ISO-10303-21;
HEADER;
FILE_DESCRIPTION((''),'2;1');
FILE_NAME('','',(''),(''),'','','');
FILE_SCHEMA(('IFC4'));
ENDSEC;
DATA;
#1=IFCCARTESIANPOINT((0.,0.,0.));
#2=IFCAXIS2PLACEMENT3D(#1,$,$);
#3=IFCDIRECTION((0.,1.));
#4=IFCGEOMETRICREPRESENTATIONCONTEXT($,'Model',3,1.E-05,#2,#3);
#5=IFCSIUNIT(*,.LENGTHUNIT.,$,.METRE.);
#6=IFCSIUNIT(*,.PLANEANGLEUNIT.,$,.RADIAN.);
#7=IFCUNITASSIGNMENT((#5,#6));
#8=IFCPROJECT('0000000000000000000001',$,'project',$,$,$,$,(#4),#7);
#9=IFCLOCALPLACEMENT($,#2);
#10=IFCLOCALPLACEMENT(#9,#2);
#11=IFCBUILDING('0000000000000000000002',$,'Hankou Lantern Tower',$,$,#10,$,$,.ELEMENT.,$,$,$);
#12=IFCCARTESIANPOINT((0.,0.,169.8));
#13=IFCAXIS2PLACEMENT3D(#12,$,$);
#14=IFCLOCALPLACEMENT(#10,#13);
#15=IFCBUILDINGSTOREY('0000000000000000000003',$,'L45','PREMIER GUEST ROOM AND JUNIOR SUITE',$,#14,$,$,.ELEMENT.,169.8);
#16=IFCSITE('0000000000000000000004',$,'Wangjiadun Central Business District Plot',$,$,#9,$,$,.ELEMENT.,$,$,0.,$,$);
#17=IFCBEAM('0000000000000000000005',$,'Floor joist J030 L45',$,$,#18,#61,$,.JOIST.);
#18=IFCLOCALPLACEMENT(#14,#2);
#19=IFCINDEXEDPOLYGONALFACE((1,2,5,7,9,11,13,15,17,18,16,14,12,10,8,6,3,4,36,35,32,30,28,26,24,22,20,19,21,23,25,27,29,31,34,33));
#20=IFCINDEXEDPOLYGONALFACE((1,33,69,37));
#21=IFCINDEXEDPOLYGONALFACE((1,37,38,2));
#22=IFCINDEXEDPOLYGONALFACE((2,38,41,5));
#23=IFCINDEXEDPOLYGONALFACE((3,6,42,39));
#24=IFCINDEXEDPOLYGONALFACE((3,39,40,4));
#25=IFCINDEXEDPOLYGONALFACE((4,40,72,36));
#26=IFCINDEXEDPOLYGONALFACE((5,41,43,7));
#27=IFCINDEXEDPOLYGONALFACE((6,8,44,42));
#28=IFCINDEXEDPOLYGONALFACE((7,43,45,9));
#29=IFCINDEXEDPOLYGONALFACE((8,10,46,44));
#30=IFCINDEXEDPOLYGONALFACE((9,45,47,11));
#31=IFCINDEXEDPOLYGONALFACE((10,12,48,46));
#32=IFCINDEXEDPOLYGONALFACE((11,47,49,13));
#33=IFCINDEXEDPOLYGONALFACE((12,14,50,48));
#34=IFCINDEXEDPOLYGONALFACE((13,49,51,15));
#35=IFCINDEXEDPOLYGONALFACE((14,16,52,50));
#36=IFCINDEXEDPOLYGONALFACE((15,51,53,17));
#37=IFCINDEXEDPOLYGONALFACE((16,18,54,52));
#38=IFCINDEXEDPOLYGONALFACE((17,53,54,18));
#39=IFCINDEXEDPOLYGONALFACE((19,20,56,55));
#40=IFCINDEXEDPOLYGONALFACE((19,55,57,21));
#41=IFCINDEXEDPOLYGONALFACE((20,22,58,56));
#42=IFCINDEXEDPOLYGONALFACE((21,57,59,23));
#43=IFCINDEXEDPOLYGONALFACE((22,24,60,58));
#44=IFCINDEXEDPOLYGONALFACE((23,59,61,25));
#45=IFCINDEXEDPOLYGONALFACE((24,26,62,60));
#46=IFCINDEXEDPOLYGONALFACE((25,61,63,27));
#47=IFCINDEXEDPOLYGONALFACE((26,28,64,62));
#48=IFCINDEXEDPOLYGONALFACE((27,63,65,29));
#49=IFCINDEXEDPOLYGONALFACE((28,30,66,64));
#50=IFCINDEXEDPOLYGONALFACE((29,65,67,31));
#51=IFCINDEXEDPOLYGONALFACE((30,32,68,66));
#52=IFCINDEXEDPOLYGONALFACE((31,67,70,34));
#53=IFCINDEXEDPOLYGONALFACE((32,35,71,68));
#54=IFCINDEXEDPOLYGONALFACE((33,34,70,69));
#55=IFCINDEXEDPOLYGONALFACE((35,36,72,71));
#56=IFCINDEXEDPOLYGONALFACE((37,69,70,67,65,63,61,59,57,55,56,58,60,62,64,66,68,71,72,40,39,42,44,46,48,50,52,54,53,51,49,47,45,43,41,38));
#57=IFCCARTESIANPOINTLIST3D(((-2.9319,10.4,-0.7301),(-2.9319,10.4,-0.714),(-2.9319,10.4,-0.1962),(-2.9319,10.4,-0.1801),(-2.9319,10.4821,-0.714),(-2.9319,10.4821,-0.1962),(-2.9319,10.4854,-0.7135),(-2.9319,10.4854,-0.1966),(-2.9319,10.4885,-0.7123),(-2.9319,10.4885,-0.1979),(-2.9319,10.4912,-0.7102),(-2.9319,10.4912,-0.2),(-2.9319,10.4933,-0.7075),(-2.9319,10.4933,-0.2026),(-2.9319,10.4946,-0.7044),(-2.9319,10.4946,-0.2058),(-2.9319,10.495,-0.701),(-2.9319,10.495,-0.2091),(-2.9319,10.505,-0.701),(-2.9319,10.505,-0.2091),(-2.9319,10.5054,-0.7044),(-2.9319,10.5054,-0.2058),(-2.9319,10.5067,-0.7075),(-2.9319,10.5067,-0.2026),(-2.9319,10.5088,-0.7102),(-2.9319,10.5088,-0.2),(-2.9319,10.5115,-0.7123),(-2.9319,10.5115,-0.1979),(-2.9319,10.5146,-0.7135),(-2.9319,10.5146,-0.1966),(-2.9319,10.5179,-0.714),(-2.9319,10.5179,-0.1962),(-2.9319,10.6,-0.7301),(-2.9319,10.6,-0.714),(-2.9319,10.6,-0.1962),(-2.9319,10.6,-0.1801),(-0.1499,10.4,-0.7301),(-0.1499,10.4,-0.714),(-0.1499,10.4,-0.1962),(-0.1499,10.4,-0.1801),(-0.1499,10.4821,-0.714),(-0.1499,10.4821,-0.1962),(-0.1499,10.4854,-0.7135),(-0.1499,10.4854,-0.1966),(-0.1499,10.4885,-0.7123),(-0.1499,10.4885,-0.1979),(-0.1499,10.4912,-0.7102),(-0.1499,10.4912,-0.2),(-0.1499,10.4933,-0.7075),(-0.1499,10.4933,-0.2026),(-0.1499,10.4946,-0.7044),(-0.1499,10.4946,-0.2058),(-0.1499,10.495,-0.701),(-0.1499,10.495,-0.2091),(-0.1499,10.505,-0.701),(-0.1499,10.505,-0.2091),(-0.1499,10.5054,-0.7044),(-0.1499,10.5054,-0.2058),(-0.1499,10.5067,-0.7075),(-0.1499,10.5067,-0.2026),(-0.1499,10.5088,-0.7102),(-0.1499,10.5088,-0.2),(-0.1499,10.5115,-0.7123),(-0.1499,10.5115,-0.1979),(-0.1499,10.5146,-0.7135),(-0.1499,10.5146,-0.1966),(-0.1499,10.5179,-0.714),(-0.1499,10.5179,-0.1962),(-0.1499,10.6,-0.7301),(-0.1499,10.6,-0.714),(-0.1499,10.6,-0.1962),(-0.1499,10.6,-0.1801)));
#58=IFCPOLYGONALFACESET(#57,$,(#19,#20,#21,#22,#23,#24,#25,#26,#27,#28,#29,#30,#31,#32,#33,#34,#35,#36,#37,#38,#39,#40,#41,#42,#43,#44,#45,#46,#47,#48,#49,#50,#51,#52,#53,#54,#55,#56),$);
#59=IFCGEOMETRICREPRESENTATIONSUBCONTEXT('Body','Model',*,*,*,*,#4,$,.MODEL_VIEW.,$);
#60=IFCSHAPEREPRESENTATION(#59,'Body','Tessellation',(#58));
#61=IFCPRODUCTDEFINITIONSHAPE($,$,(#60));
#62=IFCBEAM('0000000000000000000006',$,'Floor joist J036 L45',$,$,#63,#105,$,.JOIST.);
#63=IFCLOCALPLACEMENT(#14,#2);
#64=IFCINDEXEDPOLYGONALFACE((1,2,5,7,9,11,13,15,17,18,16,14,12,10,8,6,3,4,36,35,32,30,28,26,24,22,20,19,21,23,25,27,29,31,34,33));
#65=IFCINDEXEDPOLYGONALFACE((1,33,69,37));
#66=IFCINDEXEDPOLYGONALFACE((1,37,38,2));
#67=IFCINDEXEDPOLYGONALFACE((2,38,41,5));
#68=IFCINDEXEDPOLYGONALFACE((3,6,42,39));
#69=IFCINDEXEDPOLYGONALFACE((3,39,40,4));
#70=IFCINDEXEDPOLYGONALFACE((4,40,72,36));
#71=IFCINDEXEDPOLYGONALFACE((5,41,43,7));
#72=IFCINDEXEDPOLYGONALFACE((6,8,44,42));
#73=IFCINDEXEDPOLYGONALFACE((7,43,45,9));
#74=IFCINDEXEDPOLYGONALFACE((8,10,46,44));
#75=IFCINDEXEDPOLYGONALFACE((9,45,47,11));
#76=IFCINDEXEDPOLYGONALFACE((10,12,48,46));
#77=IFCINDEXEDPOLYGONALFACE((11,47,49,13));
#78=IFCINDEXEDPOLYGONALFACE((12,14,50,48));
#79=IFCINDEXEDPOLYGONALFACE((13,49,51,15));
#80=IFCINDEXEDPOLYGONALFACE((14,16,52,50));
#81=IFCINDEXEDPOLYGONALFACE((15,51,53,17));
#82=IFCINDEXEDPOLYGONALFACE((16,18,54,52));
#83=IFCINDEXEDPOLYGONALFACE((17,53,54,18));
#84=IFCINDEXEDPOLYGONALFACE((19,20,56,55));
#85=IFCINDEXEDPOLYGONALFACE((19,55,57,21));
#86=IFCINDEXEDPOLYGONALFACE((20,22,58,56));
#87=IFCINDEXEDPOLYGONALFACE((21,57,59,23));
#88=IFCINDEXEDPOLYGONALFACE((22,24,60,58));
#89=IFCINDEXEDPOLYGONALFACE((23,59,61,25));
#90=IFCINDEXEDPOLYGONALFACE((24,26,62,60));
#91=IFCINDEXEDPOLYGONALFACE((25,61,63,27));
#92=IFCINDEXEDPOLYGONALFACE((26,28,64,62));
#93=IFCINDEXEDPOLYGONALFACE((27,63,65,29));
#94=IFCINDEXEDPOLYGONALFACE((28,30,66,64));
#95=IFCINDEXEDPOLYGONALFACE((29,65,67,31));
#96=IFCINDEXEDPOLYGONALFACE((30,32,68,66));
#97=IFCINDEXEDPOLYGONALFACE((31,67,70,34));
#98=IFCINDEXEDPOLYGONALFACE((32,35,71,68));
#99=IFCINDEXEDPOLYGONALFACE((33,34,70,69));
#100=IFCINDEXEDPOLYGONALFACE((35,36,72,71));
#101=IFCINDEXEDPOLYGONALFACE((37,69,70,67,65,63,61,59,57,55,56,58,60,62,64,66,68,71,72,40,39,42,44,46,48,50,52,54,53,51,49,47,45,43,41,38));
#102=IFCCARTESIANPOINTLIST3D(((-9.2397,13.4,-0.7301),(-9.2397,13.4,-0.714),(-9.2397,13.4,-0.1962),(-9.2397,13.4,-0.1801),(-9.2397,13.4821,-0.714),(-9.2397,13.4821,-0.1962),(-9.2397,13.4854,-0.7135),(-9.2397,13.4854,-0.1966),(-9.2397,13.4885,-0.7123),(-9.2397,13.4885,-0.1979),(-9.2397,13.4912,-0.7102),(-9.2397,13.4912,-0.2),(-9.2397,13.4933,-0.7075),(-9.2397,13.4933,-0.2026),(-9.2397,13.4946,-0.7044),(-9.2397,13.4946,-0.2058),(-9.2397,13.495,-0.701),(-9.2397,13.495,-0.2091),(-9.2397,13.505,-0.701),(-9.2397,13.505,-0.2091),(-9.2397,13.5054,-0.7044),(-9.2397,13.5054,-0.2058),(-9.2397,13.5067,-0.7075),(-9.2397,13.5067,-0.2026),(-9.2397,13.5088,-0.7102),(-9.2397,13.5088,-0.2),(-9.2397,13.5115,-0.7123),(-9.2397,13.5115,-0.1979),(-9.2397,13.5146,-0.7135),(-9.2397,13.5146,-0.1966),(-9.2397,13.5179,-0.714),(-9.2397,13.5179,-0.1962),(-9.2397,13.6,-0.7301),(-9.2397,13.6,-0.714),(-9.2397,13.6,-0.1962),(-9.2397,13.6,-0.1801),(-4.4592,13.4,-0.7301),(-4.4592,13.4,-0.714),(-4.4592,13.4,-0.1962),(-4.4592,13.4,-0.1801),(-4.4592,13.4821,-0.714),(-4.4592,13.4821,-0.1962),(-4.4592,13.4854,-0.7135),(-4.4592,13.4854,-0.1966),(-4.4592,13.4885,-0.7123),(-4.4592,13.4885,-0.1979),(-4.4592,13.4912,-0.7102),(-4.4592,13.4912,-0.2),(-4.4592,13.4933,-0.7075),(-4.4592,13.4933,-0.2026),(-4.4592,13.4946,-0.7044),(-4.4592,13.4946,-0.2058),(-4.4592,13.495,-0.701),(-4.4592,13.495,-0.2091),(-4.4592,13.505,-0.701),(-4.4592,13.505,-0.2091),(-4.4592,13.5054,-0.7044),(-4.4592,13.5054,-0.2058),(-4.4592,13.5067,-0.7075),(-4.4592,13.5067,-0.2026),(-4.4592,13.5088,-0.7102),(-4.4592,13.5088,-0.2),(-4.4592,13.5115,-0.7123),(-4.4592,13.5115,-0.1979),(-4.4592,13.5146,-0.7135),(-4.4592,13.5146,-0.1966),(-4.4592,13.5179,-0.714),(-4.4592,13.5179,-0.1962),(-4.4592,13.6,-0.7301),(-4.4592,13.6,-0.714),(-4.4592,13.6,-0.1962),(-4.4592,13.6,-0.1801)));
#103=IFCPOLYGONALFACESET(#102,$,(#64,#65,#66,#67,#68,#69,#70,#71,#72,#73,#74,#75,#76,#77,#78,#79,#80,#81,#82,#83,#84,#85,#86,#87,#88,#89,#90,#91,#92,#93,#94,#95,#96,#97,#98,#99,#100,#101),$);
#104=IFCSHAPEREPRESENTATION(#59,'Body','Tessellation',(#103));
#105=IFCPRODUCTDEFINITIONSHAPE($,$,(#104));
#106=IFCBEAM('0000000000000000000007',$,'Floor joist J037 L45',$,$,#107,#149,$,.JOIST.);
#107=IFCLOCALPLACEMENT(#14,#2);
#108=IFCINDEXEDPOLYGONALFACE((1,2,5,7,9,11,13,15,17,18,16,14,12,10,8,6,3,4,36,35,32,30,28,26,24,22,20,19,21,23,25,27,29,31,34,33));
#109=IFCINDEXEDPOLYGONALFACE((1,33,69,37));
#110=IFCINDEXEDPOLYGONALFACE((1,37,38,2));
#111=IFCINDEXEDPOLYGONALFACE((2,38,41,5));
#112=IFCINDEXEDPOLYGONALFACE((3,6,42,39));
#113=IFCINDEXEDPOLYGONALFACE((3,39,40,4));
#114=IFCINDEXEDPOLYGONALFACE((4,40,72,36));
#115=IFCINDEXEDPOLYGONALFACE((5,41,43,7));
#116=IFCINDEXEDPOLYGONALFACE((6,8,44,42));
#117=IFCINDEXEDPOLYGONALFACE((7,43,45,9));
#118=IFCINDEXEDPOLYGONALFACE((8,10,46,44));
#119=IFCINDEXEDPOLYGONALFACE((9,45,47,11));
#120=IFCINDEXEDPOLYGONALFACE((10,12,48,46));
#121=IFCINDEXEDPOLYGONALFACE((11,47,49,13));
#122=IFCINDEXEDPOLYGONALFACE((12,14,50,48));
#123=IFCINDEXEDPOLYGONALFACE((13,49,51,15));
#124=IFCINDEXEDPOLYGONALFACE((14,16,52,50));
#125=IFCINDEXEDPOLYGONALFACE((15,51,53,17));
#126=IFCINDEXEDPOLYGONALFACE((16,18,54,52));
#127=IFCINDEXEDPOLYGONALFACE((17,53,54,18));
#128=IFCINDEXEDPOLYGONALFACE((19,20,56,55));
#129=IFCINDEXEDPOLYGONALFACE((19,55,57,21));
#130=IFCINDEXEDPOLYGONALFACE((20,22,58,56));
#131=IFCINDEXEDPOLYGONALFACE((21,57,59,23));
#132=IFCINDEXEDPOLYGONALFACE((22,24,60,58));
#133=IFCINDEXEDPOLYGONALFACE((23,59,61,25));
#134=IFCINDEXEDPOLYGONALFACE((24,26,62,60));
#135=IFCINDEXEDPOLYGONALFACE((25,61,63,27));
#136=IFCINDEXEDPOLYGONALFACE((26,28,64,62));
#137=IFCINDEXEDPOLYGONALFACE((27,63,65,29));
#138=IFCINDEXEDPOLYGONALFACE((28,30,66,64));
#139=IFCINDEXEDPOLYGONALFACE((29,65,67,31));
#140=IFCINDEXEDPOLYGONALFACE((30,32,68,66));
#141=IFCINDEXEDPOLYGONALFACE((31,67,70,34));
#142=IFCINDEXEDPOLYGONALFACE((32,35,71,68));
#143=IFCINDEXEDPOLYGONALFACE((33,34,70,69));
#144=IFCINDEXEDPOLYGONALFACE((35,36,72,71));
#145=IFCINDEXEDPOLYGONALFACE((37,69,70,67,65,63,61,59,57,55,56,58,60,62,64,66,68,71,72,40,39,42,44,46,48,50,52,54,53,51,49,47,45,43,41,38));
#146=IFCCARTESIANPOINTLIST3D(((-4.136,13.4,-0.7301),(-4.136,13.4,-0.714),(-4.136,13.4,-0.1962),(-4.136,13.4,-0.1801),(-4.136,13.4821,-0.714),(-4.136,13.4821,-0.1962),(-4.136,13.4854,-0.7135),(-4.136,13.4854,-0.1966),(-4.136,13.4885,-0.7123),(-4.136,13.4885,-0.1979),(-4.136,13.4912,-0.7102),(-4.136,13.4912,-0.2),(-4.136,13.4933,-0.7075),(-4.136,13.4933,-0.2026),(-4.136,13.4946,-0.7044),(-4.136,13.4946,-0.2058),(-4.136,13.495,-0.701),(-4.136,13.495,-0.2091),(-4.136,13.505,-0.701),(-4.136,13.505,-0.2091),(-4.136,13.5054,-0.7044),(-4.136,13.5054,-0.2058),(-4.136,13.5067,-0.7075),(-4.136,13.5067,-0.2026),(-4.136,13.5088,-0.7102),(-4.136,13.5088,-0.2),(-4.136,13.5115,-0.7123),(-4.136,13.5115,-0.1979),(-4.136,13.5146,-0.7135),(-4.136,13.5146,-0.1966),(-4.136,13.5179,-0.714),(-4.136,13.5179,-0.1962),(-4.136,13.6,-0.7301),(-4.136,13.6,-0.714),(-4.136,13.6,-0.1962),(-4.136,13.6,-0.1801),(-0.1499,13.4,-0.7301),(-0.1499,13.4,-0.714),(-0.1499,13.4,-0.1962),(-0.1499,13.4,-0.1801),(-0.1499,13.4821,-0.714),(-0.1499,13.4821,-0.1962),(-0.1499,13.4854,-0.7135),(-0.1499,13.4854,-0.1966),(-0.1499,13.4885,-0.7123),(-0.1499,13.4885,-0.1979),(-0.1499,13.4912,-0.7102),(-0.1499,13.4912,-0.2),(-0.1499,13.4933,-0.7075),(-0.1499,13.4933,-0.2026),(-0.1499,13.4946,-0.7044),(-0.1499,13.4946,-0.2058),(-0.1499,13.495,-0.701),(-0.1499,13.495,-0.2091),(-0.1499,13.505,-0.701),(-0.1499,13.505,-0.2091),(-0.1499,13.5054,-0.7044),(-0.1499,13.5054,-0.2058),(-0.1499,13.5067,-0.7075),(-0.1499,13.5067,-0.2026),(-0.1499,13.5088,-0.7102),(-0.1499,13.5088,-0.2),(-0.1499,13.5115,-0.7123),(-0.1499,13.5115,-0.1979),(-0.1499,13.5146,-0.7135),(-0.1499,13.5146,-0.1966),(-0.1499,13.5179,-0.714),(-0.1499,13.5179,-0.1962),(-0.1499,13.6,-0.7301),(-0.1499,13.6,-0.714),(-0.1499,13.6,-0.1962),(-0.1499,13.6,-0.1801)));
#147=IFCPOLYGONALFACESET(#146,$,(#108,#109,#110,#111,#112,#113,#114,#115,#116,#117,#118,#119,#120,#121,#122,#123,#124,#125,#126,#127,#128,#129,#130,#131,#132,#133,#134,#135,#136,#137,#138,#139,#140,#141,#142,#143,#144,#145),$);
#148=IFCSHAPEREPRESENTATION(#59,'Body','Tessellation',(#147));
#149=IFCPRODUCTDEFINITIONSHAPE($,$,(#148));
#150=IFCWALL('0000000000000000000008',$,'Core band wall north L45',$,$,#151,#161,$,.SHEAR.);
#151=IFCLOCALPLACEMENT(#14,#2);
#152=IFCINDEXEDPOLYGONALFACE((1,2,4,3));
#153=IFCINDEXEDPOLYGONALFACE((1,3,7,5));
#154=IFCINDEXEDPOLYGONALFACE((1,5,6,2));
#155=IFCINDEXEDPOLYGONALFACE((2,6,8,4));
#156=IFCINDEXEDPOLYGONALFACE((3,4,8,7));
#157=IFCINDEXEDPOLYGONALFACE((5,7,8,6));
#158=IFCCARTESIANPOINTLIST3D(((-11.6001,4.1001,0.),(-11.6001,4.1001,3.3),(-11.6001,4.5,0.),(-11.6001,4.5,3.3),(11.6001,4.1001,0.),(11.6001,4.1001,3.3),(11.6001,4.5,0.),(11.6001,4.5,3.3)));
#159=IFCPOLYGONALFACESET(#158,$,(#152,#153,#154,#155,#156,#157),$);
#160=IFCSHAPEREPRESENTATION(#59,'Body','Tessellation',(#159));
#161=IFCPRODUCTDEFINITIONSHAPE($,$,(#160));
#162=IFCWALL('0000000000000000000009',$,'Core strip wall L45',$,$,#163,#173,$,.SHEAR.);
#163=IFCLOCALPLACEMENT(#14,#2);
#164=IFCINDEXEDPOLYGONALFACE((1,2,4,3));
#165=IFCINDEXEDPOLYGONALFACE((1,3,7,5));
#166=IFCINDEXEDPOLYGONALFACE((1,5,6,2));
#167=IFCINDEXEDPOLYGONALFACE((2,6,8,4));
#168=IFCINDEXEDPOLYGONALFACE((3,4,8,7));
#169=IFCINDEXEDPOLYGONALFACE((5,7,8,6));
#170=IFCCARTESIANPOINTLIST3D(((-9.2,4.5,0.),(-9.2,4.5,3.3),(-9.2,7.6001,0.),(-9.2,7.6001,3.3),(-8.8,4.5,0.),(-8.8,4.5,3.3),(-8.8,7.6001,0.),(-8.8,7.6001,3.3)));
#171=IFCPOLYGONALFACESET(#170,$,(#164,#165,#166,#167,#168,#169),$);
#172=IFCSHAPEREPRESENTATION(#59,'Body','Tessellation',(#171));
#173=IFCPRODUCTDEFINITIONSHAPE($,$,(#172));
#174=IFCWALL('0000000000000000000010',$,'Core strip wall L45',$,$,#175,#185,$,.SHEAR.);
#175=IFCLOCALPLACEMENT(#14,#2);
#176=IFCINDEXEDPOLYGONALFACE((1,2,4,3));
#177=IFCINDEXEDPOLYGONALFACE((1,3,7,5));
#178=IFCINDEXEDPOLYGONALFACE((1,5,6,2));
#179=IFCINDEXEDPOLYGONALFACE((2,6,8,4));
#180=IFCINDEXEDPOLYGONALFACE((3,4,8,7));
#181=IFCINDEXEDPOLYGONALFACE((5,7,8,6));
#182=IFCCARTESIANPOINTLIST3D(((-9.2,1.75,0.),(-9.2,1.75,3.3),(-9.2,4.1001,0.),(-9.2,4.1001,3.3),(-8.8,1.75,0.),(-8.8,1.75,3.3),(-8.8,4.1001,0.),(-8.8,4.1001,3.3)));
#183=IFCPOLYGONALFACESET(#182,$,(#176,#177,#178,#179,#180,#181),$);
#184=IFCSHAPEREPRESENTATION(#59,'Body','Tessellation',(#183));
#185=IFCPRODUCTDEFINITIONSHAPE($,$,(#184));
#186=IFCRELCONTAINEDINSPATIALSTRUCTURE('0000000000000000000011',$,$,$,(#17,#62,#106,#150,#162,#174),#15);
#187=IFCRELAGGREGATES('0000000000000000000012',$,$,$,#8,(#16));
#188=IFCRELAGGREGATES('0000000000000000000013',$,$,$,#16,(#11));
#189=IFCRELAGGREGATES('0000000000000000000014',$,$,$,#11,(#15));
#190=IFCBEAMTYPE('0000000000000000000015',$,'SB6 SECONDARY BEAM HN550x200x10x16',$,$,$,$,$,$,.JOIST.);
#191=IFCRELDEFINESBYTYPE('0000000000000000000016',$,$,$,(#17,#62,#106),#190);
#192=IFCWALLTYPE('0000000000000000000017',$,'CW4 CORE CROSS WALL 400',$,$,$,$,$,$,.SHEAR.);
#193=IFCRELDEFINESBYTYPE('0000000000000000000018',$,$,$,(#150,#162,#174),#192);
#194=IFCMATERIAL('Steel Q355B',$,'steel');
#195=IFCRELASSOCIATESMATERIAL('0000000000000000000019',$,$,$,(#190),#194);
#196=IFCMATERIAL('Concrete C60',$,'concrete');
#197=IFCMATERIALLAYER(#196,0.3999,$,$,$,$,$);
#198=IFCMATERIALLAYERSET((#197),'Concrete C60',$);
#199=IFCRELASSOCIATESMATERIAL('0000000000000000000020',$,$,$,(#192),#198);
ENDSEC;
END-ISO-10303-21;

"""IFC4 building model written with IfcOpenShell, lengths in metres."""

from ifc_helpers import new_model, si_unit, direction, frame, frame_2d, origin, origin_2d, place, context, subcontext, project, spatial, rectangle, i_section, extrude, material, layer, layer_set, material_profile, profile_set, type_object, element, save


model = new_model("IFC4")

# Units and contexts
model_context = context("Model", 3, precision=1e-05, world=origin(), true_north=direction((0.0, 1.0)))
body_context = subcontext(model_context, "Body", "Model", "MODEL_VIEW")
ifc_project = project(units=[si_unit("LENGTHUNIT", "METRE"), si_unit("PLANEANGLEUNIT", "RADIAN")], contexts=[model_context])

# Site, building, storey
site_placement = place(None, origin())
site = spatial("IfcSite", under=ifc_project, at=site_placement, Name="Wangjiadun Central Business District Plot", CompositionType="ELEMENT", RefElevation=0.0)
building_placement = place(site_placement, origin())
building = spatial("IfcBuilding", under=site, at=building_placement, Name="Hankou Lantern Tower", CompositionType="ELEMENT")
storey_placement = place(building_placement, frame((0.0, 0.0, 169.8)))
storey = spatial("IfcBuildingStorey", under=building, at=storey_placement, Name="L45", Description="PREMIER GUEST ROOM AND JUNIOR SUITE", CompositionType="ELEMENT", Elevation=169.8)

# Beams
ifc_material_1 = material(Name="Steel Q355B", Category="steel")
ifc_material_profile_1 = material_profile(ifc_material_1, i_section(OverallWidth=0.2, OverallDepth=0.55, WebThickness=0.01, FlangeThickness=0.0161, FilletRadius=0.0129, at=origin_2d()), Name="HN550x200x10x16")
ifc_profile_set_1 = profile_set([ifc_material_profile_1], Name="Steel Q355B")
beam_type_1 = type_object("IfcBeamType", Name="SB6 SECONDARY BEAM HN550x200x10x16", PredefinedType="JOIST", material=ifc_profile_set_1)
beam_1_placement = place(storey_placement, frame((-2.9319, 10.5, -0.4551), z_axis=(1.0, 0.0, 0.0), x_axis=(0.0, 1.0, 0.0)))
element("IfcBeam", 1, at=beam_1_placement, inside=storey, type_object=beam_type_1, Name="Floor joist J030 L45", PredefinedType="JOIST", context=body_context, shape_type="SweptSolid", body=[
    extrude(i_section(OverallWidth=0.2, OverallDepth=0.55, WebThickness=0.01, FlangeThickness=0.0161, FilletRadius=0.0129, at=origin_2d()), origin(), (0.0, 0.0, 1.0), 2.782),
])
beam_2_placement = place(storey_placement, frame((-9.2397, 13.5, -0.4551), z_axis=(1.0, 0.0, 0.0), x_axis=(0.0, 1.0, 0.0)))
element("IfcBeam", 2, at=beam_2_placement, inside=storey, type_object=beam_type_1, Name="Floor joist J036 L45", PredefinedType="JOIST", context=body_context, shape_type="SweptSolid", body=[
    extrude(i_section(OverallWidth=0.2, OverallDepth=0.55, WebThickness=0.01, FlangeThickness=0.0161, FilletRadius=0.0129, at=origin_2d()), origin(), (0.0, 0.0, 1.0), 4.7805),
])
beam_3_placement = place(storey_placement, frame((-4.136, 13.5, -0.4551), z_axis=(1.0, 0.0, 0.0), x_axis=(0.0, 1.0, 0.0)))
element("IfcBeam", 3, at=beam_3_placement, inside=storey, type_object=beam_type_1, Name="Floor joist J037 L45", PredefinedType="JOIST", context=body_context, shape_type="SweptSolid", body=[
    extrude(i_section(OverallWidth=0.2, OverallDepth=0.55, WebThickness=0.01, FlangeThickness=0.0161, FilletRadius=0.0129, at=origin_2d()), origin(), (0.0, 0.0, 1.0), 3.9861),
])

# Walls
ifc_material_2 = material(Name="Concrete C60", Category="concrete")
ifc_layer_1 = layer(ifc_material_2, 0.3999)
ifc_layer_set_1 = layer_set([ifc_layer_1], Name="Concrete C60")
wall_type_1 = type_object("IfcWallType", Name="CW4 CORE CROSS WALL 400", PredefinedType="SHEAR", material=ifc_layer_set_1)
wall_1_placement = place(storey_placement, frame((-11.6001, 4.3, 0.0), z_axis=(0.0, 0.0, 1.0), x_axis=(1.0, 0.0, 0.0)))
element("IfcWall", 4, at=wall_1_placement, inside=storey, type_object=wall_type_1, Name="Core band wall north L45", PredefinedType="SHEAR", context=body_context, shape_type="SweptSolid", body=[
    extrude(rectangle(XDim=23.2002, YDim=0.3999, at=frame_2d((11.6001, 0.0))), origin(), (0.0, 0.0, 1.0), 3.3),
])
wall_2_placement = place(storey_placement, frame((-9.0, 4.5, 0.0), z_axis=(0.0, 0.0, 1.0), x_axis=(0.0, 1.0, 0.0)))
element("IfcWall", 5, at=wall_2_placement, inside=storey, type_object=wall_type_1, Name="Core strip wall L45", PredefinedType="SHEAR", context=body_context, shape_type="SweptSolid", body=[
    extrude(rectangle(XDim=3.1001, YDim=0.3999, at=frame_2d((1.55, 0.0))), origin(), (0.0, 0.0, 1.0), 3.3),
])
wall_3_placement = place(storey_placement, frame((-9.0, 1.75, 0.0), z_axis=(0.0, 0.0, 1.0), x_axis=(0.0, 1.0, 0.0)))
element("IfcWall", 6, at=wall_3_placement, inside=storey, type_object=wall_type_1, Name="Core strip wall L45", PredefinedType="SHEAR", context=body_context, shape_type="SweptSolid", body=[
    extrude(rectangle(XDim=2.3501, YDim=0.3999, at=frame_2d((1.175, 0.0))), origin(), (0.0, 0.0, 1.0), 3.3),
])

save(model, "model.ifc")
